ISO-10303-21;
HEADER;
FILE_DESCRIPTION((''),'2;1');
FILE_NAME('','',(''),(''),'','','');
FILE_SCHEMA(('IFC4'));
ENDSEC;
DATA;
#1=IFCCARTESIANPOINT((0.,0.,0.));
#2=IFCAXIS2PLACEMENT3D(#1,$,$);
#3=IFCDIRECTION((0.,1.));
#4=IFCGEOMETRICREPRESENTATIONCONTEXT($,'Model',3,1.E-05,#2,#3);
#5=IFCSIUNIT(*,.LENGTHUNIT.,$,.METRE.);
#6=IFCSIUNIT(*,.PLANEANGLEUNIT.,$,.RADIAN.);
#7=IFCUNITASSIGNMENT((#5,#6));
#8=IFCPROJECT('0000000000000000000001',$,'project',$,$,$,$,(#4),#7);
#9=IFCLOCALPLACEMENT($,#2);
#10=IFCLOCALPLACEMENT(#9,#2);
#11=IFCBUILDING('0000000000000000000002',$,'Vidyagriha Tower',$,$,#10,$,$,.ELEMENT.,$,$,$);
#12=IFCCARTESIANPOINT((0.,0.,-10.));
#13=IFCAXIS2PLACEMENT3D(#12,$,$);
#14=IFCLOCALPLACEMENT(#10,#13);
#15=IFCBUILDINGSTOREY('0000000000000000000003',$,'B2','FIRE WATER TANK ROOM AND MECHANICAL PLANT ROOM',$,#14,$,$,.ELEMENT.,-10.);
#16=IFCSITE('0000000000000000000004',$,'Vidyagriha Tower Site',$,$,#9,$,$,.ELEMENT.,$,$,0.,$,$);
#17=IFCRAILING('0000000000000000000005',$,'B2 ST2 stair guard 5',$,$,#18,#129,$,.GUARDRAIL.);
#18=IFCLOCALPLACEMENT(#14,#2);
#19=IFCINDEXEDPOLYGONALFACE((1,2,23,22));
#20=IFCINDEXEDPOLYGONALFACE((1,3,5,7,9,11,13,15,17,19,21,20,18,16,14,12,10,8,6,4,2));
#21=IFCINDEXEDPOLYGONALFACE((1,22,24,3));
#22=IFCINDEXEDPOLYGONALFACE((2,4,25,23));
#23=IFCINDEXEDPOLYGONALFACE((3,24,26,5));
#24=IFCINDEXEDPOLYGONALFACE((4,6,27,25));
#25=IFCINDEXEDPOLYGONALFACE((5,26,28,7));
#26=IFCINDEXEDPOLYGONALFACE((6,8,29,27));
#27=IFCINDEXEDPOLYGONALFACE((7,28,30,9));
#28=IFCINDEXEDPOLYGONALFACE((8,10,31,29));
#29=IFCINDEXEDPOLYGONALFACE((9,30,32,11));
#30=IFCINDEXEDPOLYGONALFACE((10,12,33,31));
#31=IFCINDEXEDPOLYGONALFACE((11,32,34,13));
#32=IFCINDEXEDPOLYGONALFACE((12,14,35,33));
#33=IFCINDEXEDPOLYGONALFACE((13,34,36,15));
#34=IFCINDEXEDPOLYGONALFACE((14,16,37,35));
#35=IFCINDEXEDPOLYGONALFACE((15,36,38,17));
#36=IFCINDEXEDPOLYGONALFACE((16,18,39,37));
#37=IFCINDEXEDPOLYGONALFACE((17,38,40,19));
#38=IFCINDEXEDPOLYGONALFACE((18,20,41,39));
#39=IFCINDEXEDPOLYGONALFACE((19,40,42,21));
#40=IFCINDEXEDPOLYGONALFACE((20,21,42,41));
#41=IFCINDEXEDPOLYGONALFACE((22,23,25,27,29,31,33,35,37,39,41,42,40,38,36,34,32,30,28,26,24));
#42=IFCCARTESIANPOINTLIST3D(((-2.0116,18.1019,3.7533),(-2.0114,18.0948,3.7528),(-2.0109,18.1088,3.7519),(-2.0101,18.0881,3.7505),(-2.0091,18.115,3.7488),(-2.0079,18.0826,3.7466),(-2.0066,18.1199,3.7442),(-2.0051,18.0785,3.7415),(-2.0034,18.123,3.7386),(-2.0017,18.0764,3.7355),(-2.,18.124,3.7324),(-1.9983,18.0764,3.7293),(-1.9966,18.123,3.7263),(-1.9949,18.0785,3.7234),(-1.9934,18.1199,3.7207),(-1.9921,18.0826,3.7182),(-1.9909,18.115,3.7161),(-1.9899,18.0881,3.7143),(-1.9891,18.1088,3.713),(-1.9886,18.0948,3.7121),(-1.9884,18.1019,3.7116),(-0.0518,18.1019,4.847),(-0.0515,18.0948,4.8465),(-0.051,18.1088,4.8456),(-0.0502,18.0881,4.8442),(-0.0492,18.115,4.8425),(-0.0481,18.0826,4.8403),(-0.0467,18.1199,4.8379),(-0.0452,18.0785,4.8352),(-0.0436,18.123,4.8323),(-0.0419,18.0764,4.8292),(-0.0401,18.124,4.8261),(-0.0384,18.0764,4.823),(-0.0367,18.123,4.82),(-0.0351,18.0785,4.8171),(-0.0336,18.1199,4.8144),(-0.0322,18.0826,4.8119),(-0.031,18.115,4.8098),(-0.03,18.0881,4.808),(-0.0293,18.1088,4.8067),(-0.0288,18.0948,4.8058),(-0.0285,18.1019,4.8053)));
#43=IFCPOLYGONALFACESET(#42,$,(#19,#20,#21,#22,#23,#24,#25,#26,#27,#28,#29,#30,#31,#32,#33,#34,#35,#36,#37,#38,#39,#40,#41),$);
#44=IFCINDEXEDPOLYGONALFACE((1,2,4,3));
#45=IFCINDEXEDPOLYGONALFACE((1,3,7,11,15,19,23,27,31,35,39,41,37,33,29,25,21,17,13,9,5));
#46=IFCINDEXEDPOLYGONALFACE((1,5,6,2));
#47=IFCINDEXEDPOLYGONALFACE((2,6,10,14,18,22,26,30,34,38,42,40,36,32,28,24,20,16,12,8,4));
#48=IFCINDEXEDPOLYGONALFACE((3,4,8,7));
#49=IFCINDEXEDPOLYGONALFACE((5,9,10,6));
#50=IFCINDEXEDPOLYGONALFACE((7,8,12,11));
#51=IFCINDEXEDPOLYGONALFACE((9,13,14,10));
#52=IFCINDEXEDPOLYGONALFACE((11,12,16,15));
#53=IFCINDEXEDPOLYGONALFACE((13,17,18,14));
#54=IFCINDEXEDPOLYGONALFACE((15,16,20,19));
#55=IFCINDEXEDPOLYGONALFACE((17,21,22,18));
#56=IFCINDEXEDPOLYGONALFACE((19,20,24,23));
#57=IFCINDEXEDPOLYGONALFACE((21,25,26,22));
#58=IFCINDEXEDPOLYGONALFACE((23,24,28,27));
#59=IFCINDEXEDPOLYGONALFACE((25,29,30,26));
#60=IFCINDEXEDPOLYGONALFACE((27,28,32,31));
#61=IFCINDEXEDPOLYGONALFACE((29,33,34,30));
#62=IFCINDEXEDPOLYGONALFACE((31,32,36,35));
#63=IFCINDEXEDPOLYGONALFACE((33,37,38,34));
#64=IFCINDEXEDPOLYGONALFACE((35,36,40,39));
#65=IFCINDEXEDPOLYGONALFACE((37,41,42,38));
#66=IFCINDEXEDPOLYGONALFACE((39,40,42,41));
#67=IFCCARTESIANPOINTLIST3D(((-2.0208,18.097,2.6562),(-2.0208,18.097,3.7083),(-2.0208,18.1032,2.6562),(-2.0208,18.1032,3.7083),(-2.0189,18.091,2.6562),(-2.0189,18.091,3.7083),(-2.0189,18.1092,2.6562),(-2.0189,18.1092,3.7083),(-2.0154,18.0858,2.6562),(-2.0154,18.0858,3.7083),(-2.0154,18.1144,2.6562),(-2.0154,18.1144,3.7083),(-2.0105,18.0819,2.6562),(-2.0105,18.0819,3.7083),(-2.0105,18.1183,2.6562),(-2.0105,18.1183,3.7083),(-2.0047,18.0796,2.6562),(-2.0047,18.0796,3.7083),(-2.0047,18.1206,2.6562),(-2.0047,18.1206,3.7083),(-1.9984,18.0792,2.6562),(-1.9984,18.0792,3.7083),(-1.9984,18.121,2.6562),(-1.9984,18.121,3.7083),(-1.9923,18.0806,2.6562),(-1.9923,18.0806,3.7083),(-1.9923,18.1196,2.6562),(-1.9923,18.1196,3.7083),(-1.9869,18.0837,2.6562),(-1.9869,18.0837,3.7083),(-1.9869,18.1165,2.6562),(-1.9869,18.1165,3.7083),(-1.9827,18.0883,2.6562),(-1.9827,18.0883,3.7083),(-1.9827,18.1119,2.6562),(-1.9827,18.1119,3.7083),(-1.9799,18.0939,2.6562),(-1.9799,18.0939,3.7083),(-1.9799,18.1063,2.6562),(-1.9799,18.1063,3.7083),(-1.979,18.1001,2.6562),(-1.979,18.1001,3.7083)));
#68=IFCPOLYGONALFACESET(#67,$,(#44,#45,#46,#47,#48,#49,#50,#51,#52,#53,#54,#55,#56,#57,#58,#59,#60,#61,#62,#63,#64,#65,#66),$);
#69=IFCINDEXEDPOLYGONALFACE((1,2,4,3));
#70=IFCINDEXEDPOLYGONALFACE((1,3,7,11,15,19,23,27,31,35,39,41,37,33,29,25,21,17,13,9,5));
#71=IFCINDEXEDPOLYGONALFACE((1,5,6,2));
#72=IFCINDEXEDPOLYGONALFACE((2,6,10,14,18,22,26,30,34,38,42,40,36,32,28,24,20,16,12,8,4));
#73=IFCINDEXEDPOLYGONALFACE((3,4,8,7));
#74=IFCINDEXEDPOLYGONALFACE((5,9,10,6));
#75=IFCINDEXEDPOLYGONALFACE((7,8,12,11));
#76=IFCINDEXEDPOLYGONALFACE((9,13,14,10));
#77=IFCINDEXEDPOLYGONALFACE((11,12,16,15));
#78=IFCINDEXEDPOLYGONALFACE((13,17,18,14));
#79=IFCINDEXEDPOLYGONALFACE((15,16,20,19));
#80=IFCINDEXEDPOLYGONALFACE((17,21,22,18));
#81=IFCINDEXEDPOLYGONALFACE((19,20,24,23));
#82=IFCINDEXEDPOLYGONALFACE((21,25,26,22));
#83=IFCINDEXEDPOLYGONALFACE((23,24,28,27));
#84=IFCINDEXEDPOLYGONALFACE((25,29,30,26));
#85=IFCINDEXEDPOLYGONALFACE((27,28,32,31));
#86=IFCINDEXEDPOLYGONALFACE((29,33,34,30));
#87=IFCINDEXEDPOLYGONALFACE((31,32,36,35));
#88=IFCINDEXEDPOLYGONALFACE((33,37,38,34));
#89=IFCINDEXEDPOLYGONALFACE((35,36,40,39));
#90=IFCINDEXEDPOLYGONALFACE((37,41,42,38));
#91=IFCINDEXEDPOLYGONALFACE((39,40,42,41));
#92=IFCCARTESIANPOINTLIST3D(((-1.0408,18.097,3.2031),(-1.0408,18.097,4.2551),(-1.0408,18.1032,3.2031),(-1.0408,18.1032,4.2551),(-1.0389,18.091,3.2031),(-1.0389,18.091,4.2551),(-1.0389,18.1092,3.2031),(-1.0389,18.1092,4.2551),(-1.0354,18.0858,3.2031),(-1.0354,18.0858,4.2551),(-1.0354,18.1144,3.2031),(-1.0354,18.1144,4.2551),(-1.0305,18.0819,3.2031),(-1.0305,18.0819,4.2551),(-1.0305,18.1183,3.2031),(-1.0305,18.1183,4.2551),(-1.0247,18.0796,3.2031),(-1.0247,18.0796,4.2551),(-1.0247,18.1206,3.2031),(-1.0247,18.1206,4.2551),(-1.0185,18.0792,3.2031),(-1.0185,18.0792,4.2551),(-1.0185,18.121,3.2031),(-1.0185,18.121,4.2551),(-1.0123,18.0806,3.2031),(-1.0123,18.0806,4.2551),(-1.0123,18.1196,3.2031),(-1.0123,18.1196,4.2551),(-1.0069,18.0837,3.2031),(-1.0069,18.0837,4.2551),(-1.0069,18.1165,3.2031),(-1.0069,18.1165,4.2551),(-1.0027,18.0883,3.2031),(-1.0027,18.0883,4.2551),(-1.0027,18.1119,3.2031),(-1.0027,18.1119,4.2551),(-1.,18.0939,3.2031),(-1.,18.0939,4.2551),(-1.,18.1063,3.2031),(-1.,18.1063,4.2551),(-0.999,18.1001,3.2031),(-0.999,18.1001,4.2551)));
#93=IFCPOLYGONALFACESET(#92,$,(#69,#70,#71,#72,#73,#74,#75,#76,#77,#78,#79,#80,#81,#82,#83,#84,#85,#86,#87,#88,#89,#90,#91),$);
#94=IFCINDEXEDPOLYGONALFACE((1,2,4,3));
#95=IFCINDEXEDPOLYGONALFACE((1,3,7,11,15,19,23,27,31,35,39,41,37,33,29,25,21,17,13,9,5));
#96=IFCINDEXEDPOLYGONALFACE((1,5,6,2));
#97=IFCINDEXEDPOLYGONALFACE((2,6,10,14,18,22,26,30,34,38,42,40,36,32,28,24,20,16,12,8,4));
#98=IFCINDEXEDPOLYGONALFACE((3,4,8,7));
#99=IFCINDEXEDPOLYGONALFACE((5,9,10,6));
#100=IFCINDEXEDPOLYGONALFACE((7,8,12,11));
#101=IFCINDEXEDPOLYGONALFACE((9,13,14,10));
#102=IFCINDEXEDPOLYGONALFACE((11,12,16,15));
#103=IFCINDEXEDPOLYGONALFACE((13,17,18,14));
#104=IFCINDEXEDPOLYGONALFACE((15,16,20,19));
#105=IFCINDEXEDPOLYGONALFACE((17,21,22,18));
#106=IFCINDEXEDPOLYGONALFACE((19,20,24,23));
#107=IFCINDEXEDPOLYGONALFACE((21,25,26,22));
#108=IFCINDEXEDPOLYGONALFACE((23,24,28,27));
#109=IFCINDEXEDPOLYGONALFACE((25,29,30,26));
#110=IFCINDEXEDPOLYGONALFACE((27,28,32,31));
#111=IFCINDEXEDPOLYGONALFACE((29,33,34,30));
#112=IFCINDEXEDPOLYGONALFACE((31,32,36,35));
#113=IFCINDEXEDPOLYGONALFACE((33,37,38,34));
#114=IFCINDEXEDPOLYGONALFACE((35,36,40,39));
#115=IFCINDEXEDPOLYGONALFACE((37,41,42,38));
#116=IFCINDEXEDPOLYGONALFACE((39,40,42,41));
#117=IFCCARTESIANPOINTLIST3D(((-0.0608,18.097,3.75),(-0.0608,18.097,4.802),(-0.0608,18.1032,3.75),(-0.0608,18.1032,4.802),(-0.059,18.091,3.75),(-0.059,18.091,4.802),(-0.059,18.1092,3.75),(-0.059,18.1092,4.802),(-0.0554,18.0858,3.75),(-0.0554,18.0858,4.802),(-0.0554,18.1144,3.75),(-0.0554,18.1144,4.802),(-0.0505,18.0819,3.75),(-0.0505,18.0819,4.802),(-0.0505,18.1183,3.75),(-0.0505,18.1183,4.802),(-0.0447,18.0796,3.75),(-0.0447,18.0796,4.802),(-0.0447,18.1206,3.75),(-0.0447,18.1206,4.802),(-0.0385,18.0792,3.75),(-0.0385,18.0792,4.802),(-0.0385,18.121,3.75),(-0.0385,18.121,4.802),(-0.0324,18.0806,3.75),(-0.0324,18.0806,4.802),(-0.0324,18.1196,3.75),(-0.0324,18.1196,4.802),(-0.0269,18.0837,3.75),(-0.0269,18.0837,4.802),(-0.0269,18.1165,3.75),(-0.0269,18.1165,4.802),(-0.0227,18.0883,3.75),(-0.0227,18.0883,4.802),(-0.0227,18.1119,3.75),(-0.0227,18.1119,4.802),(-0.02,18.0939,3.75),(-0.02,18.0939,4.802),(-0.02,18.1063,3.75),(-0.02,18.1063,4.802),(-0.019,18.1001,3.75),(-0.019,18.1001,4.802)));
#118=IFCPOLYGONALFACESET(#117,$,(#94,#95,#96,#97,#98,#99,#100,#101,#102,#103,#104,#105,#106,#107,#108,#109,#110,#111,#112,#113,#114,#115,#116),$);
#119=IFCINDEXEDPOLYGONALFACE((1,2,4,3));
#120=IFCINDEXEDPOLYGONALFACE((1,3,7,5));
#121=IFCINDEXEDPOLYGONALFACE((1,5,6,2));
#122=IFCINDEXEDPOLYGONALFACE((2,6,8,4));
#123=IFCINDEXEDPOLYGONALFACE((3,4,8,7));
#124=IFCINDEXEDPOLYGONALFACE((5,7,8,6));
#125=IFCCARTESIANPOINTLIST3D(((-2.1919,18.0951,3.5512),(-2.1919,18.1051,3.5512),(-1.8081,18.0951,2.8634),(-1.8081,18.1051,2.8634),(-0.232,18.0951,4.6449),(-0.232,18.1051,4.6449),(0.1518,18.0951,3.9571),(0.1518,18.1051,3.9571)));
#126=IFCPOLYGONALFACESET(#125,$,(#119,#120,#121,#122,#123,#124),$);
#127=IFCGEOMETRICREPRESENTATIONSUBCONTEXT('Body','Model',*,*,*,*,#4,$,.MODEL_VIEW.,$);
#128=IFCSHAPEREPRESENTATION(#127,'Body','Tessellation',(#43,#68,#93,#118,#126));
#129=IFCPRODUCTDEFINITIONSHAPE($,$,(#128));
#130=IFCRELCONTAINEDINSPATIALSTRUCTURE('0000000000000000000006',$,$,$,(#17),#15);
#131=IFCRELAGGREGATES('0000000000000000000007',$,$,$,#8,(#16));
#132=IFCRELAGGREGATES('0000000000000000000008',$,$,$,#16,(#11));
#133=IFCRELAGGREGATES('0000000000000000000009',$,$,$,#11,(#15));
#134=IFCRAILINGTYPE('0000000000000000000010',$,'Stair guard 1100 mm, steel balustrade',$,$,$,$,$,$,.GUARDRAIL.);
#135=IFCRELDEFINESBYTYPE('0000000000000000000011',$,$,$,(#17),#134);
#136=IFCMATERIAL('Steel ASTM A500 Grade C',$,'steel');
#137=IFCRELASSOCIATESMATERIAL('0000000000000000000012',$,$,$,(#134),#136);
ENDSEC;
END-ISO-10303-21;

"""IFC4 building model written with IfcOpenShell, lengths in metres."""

from ifc_helpers import new_model, si_unit, direction, frame, origin, origin_2d, place, context, subcontext, project, spatial, rectangle, circle, extrude, material, type_object, element, save


model = new_model("IFC4")

# Units and contexts
model_context = context("Model", 3, precision=1e-05, world=origin(), true_north=direction((0.0, 1.0)))
body_context = subcontext(model_context, "Body", "Model", "MODEL_VIEW")
ifc_project = project(units=[si_unit("LENGTHUNIT", "METRE"), si_unit("PLANEANGLEUNIT", "RADIAN")], contexts=[model_context])

# Site, building, storey
site_placement = place(None, origin())
site = spatial("IfcSite", under=ifc_project, at=site_placement, Name="Vidyagriha Tower Site", CompositionType="ELEMENT", RefElevation=0.0)
building_placement = place(site_placement, origin())
building = spatial("IfcBuilding", under=site, at=building_placement, Name="Vidyagriha Tower", CompositionType="ELEMENT")
storey_placement = place(building_placement, frame((0.0, 0.0, -10.0)))
storey = spatial("IfcBuildingStorey", under=building, at=storey_placement, Name="B2", Description="FIRE WATER TANK ROOM AND MECHANICAL PLANT ROOM", CompositionType="ELEMENT", Elevation=-10.0)

# Railing
ifc_material_1 = material(Name="Steel ASTM A500 Grade C", Category="steel")
railing_type_1 = type_object("IfcRailingType", Name="Stair guard 1100 mm, steel balustrade", PredefinedType="GUARDRAIL", material=ifc_material_1)
railing_1_placement = place(storey_placement, frame((-2.0, 18.1001, 2.6562)))
element("IfcRailing", 1, at=railing_1_placement, inside=storey, type_object=railing_type_1, Name="B2 ST2 stair guard 5", PredefinedType="GUARDRAIL", context=body_context, shape_type="SweptSolid", body=[
    extrude(circle(Radius=0.0239, at=origin_2d()), frame((0.0, 0.0, 1.0762), z_axis=(0.873232, 0.0, 0.487304), x_axis=(0.0, 1.0, 0.0)), (0.0, 0.0, 1.0), 2.2444),
    extrude(circle(Radius=0.021, at=origin_2d()), origin(), (0.0, 0.0, 1.0), 1.052),
    extrude(circle(Radius=0.021, at=origin_2d()), frame((0.98, 0.0, 0.5469)), (0.0, 0.0, 1.0), 1.052),
    extrude(circle(Radius=0.021, at=origin_2d()), frame((1.96, 0.0, 1.0938)), (0.0, 0.0, 1.0), 1.052),
    extrude(rectangle(XDim=0.01, YDim=0.7876, at=origin_2d()), frame((0.0, 0.0, 0.551), z_axis=(0.873232, 0.0, 0.487304), x_axis=(0.0, 1.0, 0.0)), (0.0, 0.0, 1.0), 2.2444),
])

save(model, "model.ifc")
